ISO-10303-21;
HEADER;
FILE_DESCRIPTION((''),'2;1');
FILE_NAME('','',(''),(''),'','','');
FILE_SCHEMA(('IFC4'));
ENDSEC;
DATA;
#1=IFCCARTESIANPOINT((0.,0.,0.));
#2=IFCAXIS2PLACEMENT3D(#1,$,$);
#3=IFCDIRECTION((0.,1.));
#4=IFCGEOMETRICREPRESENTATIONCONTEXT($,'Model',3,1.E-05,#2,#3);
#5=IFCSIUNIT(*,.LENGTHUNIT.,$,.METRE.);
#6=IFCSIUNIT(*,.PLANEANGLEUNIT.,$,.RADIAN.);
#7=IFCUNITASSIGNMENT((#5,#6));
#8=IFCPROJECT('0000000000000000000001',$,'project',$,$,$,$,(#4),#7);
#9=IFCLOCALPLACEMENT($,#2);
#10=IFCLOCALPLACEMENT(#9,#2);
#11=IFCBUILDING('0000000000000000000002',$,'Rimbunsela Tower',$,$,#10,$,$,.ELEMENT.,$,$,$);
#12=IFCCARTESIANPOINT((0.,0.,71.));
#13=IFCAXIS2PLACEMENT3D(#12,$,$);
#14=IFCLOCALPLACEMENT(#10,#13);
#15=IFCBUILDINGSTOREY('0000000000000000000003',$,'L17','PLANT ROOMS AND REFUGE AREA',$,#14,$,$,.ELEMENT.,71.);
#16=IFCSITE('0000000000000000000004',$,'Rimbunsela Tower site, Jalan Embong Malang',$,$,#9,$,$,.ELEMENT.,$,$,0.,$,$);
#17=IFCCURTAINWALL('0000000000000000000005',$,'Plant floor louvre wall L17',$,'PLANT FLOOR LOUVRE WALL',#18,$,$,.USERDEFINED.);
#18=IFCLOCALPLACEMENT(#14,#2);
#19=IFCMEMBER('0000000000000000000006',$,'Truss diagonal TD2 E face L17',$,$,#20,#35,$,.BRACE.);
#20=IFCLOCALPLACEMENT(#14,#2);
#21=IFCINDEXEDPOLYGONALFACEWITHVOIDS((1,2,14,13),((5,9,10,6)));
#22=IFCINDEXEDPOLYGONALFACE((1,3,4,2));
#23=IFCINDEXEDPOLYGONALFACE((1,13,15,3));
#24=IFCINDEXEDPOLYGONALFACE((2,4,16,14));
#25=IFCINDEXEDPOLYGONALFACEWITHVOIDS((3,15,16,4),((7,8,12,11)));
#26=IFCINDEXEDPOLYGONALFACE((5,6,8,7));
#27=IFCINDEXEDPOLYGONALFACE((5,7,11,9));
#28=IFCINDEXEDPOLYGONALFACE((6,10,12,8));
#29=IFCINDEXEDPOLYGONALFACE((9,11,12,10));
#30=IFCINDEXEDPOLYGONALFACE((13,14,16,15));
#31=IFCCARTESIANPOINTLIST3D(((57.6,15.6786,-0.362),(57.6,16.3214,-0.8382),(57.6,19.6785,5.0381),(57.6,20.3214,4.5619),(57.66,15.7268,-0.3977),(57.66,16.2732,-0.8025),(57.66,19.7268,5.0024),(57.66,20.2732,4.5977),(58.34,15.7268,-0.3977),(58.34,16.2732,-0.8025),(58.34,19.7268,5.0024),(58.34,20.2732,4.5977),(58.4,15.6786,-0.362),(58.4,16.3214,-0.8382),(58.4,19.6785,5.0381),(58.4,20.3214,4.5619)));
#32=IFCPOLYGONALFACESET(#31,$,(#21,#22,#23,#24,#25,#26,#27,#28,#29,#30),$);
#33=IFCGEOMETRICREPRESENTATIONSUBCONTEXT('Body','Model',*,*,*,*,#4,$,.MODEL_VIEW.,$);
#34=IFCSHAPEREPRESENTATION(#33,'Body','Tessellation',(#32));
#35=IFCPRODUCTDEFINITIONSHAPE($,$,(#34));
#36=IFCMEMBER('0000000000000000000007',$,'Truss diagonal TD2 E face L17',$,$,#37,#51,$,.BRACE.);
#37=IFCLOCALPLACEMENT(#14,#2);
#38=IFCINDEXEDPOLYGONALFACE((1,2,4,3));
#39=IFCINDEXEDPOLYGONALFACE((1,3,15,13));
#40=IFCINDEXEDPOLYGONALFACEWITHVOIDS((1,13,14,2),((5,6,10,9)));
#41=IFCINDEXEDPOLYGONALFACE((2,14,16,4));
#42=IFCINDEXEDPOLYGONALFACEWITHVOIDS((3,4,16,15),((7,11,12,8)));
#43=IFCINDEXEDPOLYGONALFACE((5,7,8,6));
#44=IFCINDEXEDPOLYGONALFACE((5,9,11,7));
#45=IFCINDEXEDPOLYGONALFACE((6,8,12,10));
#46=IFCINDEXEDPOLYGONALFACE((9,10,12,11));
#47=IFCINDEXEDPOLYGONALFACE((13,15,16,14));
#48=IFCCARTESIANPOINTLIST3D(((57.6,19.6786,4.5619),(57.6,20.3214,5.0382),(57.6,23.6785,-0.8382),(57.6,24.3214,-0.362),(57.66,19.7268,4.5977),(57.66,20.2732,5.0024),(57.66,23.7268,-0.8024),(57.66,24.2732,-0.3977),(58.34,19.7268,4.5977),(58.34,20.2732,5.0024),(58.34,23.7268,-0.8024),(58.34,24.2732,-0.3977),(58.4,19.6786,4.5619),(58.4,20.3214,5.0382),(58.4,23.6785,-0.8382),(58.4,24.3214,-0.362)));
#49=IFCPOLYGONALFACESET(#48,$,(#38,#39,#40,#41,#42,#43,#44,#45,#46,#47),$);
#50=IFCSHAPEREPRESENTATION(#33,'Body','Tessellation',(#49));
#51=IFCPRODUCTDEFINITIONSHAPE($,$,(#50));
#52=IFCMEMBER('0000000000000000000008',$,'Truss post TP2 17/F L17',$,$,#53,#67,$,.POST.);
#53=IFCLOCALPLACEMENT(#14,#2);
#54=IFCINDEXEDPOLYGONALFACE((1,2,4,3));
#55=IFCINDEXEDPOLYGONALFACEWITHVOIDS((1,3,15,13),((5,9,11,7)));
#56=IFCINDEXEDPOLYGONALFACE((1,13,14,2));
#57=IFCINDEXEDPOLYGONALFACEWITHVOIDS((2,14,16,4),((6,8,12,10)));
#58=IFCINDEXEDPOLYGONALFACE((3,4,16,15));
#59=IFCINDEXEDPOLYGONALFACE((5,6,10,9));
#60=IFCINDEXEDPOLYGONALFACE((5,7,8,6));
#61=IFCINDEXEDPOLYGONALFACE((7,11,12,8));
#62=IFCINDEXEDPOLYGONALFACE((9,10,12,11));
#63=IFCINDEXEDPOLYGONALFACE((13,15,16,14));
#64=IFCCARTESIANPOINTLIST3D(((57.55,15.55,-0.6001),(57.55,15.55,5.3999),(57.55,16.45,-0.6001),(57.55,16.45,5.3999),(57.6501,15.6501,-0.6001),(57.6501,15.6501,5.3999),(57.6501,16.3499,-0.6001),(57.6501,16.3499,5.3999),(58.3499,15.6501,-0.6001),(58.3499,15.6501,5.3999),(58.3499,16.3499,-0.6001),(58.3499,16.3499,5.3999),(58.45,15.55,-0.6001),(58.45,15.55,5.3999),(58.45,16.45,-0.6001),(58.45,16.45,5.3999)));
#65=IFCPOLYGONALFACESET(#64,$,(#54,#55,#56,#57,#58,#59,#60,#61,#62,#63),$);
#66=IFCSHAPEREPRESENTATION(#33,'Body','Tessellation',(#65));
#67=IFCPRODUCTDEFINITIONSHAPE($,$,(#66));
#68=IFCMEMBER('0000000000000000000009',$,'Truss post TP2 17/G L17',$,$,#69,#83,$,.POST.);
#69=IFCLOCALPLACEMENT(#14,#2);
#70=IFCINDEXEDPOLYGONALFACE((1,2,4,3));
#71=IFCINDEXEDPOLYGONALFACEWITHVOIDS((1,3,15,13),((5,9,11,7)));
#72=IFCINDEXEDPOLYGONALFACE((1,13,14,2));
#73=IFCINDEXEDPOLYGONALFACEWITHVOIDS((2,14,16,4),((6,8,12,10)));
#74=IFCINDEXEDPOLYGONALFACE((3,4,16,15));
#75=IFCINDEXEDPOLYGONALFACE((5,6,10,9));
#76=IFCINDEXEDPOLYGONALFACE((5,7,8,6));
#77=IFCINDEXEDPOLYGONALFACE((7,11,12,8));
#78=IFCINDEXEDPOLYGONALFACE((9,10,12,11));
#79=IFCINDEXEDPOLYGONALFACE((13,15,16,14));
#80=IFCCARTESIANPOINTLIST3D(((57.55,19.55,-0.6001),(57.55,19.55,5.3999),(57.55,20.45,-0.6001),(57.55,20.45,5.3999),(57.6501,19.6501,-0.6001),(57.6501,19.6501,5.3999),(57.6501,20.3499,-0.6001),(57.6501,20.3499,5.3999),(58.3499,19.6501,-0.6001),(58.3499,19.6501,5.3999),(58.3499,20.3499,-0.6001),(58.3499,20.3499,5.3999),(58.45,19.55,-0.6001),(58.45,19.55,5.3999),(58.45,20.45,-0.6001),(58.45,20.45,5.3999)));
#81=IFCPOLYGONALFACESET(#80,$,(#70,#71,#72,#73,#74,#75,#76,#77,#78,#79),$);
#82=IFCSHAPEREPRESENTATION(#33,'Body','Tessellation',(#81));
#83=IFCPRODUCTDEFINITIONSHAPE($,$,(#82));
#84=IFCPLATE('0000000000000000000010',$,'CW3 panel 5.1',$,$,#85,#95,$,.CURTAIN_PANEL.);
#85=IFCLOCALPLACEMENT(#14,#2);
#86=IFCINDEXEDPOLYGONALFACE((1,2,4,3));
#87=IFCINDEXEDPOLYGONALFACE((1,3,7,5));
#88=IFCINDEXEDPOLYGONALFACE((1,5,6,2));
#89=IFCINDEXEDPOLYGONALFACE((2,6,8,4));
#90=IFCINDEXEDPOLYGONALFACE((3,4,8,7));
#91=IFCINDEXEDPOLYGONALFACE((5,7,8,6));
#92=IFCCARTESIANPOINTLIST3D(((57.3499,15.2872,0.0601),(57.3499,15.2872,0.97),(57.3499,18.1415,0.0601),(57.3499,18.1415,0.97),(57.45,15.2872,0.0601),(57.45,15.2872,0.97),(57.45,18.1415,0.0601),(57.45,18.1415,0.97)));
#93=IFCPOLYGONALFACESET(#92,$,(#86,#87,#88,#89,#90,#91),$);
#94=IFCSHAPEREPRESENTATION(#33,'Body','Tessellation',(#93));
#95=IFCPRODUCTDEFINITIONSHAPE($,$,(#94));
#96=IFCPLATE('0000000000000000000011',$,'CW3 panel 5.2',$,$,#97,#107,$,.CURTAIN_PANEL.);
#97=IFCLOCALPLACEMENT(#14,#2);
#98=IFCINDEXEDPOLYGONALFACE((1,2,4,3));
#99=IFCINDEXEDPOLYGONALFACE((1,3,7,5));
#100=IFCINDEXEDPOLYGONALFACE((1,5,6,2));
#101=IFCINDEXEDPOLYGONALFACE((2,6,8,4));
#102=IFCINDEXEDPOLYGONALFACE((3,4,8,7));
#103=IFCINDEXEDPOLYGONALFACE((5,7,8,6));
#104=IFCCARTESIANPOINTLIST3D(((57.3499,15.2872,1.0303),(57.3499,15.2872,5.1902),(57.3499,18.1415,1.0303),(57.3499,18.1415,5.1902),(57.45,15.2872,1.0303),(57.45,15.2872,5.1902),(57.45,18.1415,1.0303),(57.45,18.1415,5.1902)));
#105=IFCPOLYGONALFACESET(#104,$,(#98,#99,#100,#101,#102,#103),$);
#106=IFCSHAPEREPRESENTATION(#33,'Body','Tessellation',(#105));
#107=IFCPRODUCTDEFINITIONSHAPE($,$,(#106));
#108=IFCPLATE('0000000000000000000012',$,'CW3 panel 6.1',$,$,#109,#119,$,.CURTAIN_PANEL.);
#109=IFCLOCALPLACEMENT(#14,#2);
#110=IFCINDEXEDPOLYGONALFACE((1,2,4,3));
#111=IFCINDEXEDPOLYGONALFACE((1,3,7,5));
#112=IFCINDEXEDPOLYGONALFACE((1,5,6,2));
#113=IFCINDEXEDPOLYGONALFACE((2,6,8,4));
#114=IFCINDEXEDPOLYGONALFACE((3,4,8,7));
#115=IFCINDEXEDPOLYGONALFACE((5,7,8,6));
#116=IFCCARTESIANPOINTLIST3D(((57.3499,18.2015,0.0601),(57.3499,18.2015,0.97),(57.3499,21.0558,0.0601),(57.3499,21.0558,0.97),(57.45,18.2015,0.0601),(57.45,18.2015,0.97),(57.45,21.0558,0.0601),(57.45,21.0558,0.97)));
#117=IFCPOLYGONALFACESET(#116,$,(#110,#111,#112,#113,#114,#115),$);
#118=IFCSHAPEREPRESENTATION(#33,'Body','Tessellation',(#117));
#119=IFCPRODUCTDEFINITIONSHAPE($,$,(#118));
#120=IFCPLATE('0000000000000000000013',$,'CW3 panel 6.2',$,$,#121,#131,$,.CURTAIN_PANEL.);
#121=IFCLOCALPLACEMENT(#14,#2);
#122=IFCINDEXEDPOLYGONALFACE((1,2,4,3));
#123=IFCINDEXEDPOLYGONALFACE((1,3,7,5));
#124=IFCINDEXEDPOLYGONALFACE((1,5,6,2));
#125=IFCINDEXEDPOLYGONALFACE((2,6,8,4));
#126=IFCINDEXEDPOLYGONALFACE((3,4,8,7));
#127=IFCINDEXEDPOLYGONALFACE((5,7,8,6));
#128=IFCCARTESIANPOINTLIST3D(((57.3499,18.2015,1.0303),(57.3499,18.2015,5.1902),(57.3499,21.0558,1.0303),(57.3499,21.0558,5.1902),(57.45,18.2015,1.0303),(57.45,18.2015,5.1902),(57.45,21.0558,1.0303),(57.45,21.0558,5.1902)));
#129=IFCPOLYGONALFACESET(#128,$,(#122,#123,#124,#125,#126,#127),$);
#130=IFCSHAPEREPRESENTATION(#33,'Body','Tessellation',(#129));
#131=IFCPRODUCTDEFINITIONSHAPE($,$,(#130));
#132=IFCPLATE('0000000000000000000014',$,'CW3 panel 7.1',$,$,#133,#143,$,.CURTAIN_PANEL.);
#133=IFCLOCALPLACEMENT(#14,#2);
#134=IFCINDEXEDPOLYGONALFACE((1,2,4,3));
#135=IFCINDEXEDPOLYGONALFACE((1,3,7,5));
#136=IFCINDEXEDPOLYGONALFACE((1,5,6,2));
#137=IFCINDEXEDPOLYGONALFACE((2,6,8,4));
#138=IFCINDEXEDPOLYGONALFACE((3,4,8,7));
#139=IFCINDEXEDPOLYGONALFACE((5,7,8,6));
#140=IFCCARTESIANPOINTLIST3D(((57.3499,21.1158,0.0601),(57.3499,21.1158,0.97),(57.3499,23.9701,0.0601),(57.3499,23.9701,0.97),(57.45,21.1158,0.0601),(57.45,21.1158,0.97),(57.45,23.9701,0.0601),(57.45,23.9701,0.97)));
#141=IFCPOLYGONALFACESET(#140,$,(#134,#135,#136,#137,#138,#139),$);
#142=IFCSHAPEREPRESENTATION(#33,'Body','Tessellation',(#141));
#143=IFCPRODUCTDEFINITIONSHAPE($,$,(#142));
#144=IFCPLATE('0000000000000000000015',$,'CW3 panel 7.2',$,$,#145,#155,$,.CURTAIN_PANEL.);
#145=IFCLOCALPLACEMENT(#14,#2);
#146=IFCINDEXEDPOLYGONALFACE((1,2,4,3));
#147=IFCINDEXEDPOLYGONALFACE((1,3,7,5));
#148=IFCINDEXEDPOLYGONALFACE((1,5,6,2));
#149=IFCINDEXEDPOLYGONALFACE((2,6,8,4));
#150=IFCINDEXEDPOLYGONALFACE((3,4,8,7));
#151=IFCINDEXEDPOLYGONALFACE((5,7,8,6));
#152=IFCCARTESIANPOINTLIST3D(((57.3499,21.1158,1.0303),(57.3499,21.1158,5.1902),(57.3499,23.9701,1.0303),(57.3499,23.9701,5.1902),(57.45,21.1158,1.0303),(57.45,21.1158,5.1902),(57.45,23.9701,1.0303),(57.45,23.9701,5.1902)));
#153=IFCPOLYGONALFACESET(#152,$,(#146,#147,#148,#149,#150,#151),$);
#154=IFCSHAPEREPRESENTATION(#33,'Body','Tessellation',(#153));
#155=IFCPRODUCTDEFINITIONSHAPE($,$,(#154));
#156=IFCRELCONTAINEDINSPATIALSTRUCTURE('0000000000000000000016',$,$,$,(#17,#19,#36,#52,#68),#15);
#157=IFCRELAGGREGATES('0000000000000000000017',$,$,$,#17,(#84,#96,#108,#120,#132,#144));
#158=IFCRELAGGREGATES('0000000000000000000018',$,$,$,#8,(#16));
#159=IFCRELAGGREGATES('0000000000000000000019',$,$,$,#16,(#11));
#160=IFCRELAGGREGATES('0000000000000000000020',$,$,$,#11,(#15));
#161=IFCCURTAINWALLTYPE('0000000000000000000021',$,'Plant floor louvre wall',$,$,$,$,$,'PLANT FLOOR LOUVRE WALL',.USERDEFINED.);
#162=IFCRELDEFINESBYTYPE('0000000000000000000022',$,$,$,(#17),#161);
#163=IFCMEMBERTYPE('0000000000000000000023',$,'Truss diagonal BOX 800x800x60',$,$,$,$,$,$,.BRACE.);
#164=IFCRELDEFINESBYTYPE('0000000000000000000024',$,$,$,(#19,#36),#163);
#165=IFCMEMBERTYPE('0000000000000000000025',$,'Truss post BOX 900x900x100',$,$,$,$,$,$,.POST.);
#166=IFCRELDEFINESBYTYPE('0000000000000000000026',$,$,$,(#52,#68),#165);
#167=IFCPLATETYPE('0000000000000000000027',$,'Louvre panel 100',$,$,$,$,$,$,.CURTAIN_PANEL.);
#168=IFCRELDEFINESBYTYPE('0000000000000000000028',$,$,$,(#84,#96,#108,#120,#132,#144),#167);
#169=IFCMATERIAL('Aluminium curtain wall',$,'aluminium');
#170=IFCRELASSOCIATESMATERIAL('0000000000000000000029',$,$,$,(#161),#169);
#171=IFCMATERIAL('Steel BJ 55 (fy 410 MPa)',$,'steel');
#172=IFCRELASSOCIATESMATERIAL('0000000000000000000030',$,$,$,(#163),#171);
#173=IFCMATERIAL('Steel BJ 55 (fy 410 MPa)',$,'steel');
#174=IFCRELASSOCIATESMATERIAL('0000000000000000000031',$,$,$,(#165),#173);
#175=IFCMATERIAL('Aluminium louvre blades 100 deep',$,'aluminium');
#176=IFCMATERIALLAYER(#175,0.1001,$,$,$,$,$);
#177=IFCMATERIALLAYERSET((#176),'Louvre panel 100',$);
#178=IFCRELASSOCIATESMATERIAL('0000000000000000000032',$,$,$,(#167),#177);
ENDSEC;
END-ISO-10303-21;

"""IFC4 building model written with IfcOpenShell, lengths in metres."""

from ifc_helpers import new_model, si_unit, direction, frame, origin, origin_2d, place, context, subcontext, project, spatial, rectangle, hollow_rectangle, extrude, material, layer, layer_set, material_profile, profile_set, type_object, element, aggregate, save


model = new_model("IFC4")

# Units and contexts
model_context = context("Model", 3, precision=1e-05, world=origin(), true_north=direction((0.0, 1.0)))
body_context = subcontext(model_context, "Body", "Model", "MODEL_VIEW")
ifc_project = project(units=[si_unit("LENGTHUNIT", "METRE"), si_unit("PLANEANGLEUNIT", "RADIAN")], contexts=[model_context])

# Site, building, storey
site_placement = place(None, origin())
site = spatial("IfcSite", under=ifc_project, at=site_placement, Name="Rimbunsela Tower site, Jalan Embong Malang", CompositionType="ELEMENT", RefElevation=0.0)
building_placement = place(site_placement, origin())
building = spatial("IfcBuilding", under=site, at=building_placement, Name="Rimbunsela Tower", CompositionType="ELEMENT")
storey_placement = place(building_placement, frame((0.0, 0.0, 71.0)))
storey = spatial("IfcBuildingStorey", under=building, at=storey_placement, Name="L17", Description="PLANT ROOMS AND REFUGE AREA", CompositionType="ELEMENT", Elevation=71.0)

# Curtain wall
ifc_material_1 = material(Name="Aluminium curtain wall", Category="aluminium")
curtain_wall_type = type_object("IfcCurtainWallType", Name="Plant floor louvre wall", ElementType="PLANT FLOOR LOUVRE WALL", PredefinedType="USERDEFINED", material=ifc_material_1)
curtain_wall_placement = place(storey_placement, origin())
curtain_wall = element("IfcCurtainWall", 1, at=curtain_wall_placement, inside=storey, type_object=curtain_wall_type, Name="Plant floor louvre wall L17", ObjectType="PLANT FLOOR LOUVRE WALL", PredefinedType="USERDEFINED")

# Members
ifc_material_2 = material(Name="Steel BJ 55 (fy 410 MPa)", Category="steel")
ifc_material_profile_1 = material_profile(ifc_material_2, hollow_rectangle(XDim=0.8, YDim=0.8, WallThickness=0.0601, at=origin_2d()), Name="BOX 800x800x60")
ifc_profile_set_1 = profile_set([ifc_material_profile_1], Name="Steel BJ 55 (fy 410 MPa)")
member_type_1 = type_object("IfcMemberType", Name="Truss diagonal BOX 800x800x60", PredefinedType="BRACE", material=ifc_profile_set_1)
for number, where, z_axis, x_axis, name in (
    (2, (58.0, 16.0, -0.6001), (0.0, 0.595217, 0.803565), (-1.0, 0.0, 0.0), "Truss diagonal TD2 E face L17"),
    (3, (58.0, 20.0, 4.8), (0.0, 0.595217, -0.803565), (-1.0, 0.0, 0.0), "Truss diagonal TD2 E face L17"),
):
    element("IfcMember", number, at=place(storey_placement, frame(where, z_axis=z_axis, x_axis=x_axis)), inside=storey, type_object=member_type_1, Name=name, PredefinedType="BRACE", context=body_context, shape_type="SweptSolid", body=[
        extrude(hollow_rectangle(XDim=0.8, YDim=0.8, WallThickness=0.0601, at=origin_2d()), origin(), (0.0, 0.0, 1.0), 6.7202),
    ])
ifc_material_3 = material(Name="Steel BJ 55 (fy 410 MPa)", Category="steel")
ifc_material_profile_2 = material_profile(ifc_material_3, hollow_rectangle(XDim=0.8999, YDim=0.8999, WallThickness=0.1001, at=origin_2d()), Name="BOX 900x900x100")
ifc_profile_set_2 = profile_set([ifc_material_profile_2], Name="Steel BJ 55 (fy 410 MPa)")
member_type_2 = type_object("IfcMemberType", Name="Truss post BOX 900x900x100", PredefinedType="POST", material=ifc_profile_set_2)
for number, where, z_axis, x_axis, name in (
    (4, (58.0, 16.0, -0.6001), (0.0, 0.0, 1.0), (1.0, 0.0, 0.0), "Truss post TP2 17/F L17"),
    (5, (58.0, 20.0, -0.6001), (0.0, 0.0, 1.0), (1.0, 0.0, 0.0), "Truss post TP2 17/G L17"),
):
    element("IfcMember", number, at=place(storey_placement, frame(where, z_axis=z_axis, x_axis=x_axis)), inside=storey, type_object=member_type_2, Name=name, PredefinedType="POST", context=body_context, shape_type="SweptSolid", body=[
        extrude(hollow_rectangle(XDim=0.8999, YDim=0.8999, WallThickness=0.1001, at=origin_2d()), origin(), (0.0, 0.0, 1.0), 6.0),
    ])

# Plates
ifc_material_4 = material(Name="Aluminium louvre blades 100 deep", Category="aluminium")
ifc_layer = layer(ifc_material_4, 0.1001)
ifc_layer_set = layer_set([ifc_layer], Name="Louvre panel 100")
plate_type = type_object("IfcPlateType", Name="Louvre panel 100", PredefinedType="CURTAIN_PANEL", material=ifc_layer_set)
plate_1_placement = place(storey_placement, frame((57.3999, 16.7144, 0.0601), z_axis=(0.0, 0.0, 1.0), x_axis=(0.0, 1.0, 0.0)))
plate_1 = element("IfcPlate", 6, at=plate_1_placement, type_object=plate_type, Name="CW3 panel 5.1", PredefinedType="CURTAIN_PANEL", context=body_context, shape_type="SweptSolid", body=[
    extrude(rectangle(XDim=2.8542, YDim=0.1001, at=origin_2d()), origin(), (0.0, 0.0, 1.0), 0.9099),
])
plate_2_placement = place(storey_placement, frame((57.3999, 16.7144, 1.0303), z_axis=(0.0, 0.0, 1.0), x_axis=(0.0, 1.0, 0.0)))
plate_2 = element("IfcPlate", 7, at=plate_2_placement, type_object=plate_type, Name="CW3 panel 5.2", PredefinedType="CURTAIN_PANEL", context=body_context, shape_type="SweptSolid", body=[
    extrude(rectangle(XDim=2.8542, YDim=0.1001, at=origin_2d()), origin(), (0.0, 0.0, 1.0), 4.1599),
])
plate_3_placement = place(storey_placement, frame((57.3999, 19.6287, 0.0601), z_axis=(0.0, 0.0, 1.0), x_axis=(0.0, 1.0, 0.0)))
plate_3 = element("IfcPlate", 8, at=plate_3_placement, type_object=plate_type, Name="CW3 panel 6.1", PredefinedType="CURTAIN_PANEL", context=body_context, shape_type="SweptSolid", body=[
    extrude(rectangle(XDim=2.8542, YDim=0.1001, at=origin_2d()), origin(), (0.0, 0.0, 1.0), 0.9099),
])
plate_4_placement = place(storey_placement, frame((57.3999, 19.6287, 1.0303), z_axis=(0.0, 0.0, 1.0), x_axis=(0.0, 1.0, 0.0)))
plate_4 = element("IfcPlate", 9, at=plate_4_placement, type_object=plate_type, Name="CW3 panel 6.2", PredefinedType="CURTAIN_PANEL", context=body_context, shape_type="SweptSolid", body=[
    extrude(rectangle(XDim=2.8542, YDim=0.1001, at=origin_2d()), origin(), (0.0, 0.0, 1.0), 4.1599),
])
plate_5_placement = place(storey_placement, frame((57.3999, 22.543, 0.0601), z_axis=(0.0, 0.0, 1.0), x_axis=(0.0, 1.0, 0.0)))
plate_5 = element("IfcPlate", 10, at=plate_5_placement, type_object=plate_type, Name="CW3 panel 7.1", PredefinedType="CURTAIN_PANEL", context=body_context, shape_type="SweptSolid", body=[
    extrude(rectangle(XDim=2.8542, YDim=0.1001, at=origin_2d()), origin(), (0.0, 0.0, 1.0), 0.9099),
])
plate_6_placement = place(storey_placement, frame((57.3999, 22.543, 1.0303), z_axis=(0.0, 0.0, 1.0), x_axis=(0.0, 1.0, 0.0)))
plate_6 = element("IfcPlate", 11, at=plate_6_placement, type_object=plate_type, Name="CW3 panel 7.2", PredefinedType="CURTAIN_PANEL", context=body_context, shape_type="SweptSolid", body=[
    extrude(rectangle(XDim=2.8542, YDim=0.1001, at=origin_2d()), origin(), (0.0, 0.0, 1.0), 4.1599),
])
aggregate(curtain_wall, [plate_1, plate_2, plate_3, plate_4, plate_5, plate_6])

save(model, "model.ifc")
